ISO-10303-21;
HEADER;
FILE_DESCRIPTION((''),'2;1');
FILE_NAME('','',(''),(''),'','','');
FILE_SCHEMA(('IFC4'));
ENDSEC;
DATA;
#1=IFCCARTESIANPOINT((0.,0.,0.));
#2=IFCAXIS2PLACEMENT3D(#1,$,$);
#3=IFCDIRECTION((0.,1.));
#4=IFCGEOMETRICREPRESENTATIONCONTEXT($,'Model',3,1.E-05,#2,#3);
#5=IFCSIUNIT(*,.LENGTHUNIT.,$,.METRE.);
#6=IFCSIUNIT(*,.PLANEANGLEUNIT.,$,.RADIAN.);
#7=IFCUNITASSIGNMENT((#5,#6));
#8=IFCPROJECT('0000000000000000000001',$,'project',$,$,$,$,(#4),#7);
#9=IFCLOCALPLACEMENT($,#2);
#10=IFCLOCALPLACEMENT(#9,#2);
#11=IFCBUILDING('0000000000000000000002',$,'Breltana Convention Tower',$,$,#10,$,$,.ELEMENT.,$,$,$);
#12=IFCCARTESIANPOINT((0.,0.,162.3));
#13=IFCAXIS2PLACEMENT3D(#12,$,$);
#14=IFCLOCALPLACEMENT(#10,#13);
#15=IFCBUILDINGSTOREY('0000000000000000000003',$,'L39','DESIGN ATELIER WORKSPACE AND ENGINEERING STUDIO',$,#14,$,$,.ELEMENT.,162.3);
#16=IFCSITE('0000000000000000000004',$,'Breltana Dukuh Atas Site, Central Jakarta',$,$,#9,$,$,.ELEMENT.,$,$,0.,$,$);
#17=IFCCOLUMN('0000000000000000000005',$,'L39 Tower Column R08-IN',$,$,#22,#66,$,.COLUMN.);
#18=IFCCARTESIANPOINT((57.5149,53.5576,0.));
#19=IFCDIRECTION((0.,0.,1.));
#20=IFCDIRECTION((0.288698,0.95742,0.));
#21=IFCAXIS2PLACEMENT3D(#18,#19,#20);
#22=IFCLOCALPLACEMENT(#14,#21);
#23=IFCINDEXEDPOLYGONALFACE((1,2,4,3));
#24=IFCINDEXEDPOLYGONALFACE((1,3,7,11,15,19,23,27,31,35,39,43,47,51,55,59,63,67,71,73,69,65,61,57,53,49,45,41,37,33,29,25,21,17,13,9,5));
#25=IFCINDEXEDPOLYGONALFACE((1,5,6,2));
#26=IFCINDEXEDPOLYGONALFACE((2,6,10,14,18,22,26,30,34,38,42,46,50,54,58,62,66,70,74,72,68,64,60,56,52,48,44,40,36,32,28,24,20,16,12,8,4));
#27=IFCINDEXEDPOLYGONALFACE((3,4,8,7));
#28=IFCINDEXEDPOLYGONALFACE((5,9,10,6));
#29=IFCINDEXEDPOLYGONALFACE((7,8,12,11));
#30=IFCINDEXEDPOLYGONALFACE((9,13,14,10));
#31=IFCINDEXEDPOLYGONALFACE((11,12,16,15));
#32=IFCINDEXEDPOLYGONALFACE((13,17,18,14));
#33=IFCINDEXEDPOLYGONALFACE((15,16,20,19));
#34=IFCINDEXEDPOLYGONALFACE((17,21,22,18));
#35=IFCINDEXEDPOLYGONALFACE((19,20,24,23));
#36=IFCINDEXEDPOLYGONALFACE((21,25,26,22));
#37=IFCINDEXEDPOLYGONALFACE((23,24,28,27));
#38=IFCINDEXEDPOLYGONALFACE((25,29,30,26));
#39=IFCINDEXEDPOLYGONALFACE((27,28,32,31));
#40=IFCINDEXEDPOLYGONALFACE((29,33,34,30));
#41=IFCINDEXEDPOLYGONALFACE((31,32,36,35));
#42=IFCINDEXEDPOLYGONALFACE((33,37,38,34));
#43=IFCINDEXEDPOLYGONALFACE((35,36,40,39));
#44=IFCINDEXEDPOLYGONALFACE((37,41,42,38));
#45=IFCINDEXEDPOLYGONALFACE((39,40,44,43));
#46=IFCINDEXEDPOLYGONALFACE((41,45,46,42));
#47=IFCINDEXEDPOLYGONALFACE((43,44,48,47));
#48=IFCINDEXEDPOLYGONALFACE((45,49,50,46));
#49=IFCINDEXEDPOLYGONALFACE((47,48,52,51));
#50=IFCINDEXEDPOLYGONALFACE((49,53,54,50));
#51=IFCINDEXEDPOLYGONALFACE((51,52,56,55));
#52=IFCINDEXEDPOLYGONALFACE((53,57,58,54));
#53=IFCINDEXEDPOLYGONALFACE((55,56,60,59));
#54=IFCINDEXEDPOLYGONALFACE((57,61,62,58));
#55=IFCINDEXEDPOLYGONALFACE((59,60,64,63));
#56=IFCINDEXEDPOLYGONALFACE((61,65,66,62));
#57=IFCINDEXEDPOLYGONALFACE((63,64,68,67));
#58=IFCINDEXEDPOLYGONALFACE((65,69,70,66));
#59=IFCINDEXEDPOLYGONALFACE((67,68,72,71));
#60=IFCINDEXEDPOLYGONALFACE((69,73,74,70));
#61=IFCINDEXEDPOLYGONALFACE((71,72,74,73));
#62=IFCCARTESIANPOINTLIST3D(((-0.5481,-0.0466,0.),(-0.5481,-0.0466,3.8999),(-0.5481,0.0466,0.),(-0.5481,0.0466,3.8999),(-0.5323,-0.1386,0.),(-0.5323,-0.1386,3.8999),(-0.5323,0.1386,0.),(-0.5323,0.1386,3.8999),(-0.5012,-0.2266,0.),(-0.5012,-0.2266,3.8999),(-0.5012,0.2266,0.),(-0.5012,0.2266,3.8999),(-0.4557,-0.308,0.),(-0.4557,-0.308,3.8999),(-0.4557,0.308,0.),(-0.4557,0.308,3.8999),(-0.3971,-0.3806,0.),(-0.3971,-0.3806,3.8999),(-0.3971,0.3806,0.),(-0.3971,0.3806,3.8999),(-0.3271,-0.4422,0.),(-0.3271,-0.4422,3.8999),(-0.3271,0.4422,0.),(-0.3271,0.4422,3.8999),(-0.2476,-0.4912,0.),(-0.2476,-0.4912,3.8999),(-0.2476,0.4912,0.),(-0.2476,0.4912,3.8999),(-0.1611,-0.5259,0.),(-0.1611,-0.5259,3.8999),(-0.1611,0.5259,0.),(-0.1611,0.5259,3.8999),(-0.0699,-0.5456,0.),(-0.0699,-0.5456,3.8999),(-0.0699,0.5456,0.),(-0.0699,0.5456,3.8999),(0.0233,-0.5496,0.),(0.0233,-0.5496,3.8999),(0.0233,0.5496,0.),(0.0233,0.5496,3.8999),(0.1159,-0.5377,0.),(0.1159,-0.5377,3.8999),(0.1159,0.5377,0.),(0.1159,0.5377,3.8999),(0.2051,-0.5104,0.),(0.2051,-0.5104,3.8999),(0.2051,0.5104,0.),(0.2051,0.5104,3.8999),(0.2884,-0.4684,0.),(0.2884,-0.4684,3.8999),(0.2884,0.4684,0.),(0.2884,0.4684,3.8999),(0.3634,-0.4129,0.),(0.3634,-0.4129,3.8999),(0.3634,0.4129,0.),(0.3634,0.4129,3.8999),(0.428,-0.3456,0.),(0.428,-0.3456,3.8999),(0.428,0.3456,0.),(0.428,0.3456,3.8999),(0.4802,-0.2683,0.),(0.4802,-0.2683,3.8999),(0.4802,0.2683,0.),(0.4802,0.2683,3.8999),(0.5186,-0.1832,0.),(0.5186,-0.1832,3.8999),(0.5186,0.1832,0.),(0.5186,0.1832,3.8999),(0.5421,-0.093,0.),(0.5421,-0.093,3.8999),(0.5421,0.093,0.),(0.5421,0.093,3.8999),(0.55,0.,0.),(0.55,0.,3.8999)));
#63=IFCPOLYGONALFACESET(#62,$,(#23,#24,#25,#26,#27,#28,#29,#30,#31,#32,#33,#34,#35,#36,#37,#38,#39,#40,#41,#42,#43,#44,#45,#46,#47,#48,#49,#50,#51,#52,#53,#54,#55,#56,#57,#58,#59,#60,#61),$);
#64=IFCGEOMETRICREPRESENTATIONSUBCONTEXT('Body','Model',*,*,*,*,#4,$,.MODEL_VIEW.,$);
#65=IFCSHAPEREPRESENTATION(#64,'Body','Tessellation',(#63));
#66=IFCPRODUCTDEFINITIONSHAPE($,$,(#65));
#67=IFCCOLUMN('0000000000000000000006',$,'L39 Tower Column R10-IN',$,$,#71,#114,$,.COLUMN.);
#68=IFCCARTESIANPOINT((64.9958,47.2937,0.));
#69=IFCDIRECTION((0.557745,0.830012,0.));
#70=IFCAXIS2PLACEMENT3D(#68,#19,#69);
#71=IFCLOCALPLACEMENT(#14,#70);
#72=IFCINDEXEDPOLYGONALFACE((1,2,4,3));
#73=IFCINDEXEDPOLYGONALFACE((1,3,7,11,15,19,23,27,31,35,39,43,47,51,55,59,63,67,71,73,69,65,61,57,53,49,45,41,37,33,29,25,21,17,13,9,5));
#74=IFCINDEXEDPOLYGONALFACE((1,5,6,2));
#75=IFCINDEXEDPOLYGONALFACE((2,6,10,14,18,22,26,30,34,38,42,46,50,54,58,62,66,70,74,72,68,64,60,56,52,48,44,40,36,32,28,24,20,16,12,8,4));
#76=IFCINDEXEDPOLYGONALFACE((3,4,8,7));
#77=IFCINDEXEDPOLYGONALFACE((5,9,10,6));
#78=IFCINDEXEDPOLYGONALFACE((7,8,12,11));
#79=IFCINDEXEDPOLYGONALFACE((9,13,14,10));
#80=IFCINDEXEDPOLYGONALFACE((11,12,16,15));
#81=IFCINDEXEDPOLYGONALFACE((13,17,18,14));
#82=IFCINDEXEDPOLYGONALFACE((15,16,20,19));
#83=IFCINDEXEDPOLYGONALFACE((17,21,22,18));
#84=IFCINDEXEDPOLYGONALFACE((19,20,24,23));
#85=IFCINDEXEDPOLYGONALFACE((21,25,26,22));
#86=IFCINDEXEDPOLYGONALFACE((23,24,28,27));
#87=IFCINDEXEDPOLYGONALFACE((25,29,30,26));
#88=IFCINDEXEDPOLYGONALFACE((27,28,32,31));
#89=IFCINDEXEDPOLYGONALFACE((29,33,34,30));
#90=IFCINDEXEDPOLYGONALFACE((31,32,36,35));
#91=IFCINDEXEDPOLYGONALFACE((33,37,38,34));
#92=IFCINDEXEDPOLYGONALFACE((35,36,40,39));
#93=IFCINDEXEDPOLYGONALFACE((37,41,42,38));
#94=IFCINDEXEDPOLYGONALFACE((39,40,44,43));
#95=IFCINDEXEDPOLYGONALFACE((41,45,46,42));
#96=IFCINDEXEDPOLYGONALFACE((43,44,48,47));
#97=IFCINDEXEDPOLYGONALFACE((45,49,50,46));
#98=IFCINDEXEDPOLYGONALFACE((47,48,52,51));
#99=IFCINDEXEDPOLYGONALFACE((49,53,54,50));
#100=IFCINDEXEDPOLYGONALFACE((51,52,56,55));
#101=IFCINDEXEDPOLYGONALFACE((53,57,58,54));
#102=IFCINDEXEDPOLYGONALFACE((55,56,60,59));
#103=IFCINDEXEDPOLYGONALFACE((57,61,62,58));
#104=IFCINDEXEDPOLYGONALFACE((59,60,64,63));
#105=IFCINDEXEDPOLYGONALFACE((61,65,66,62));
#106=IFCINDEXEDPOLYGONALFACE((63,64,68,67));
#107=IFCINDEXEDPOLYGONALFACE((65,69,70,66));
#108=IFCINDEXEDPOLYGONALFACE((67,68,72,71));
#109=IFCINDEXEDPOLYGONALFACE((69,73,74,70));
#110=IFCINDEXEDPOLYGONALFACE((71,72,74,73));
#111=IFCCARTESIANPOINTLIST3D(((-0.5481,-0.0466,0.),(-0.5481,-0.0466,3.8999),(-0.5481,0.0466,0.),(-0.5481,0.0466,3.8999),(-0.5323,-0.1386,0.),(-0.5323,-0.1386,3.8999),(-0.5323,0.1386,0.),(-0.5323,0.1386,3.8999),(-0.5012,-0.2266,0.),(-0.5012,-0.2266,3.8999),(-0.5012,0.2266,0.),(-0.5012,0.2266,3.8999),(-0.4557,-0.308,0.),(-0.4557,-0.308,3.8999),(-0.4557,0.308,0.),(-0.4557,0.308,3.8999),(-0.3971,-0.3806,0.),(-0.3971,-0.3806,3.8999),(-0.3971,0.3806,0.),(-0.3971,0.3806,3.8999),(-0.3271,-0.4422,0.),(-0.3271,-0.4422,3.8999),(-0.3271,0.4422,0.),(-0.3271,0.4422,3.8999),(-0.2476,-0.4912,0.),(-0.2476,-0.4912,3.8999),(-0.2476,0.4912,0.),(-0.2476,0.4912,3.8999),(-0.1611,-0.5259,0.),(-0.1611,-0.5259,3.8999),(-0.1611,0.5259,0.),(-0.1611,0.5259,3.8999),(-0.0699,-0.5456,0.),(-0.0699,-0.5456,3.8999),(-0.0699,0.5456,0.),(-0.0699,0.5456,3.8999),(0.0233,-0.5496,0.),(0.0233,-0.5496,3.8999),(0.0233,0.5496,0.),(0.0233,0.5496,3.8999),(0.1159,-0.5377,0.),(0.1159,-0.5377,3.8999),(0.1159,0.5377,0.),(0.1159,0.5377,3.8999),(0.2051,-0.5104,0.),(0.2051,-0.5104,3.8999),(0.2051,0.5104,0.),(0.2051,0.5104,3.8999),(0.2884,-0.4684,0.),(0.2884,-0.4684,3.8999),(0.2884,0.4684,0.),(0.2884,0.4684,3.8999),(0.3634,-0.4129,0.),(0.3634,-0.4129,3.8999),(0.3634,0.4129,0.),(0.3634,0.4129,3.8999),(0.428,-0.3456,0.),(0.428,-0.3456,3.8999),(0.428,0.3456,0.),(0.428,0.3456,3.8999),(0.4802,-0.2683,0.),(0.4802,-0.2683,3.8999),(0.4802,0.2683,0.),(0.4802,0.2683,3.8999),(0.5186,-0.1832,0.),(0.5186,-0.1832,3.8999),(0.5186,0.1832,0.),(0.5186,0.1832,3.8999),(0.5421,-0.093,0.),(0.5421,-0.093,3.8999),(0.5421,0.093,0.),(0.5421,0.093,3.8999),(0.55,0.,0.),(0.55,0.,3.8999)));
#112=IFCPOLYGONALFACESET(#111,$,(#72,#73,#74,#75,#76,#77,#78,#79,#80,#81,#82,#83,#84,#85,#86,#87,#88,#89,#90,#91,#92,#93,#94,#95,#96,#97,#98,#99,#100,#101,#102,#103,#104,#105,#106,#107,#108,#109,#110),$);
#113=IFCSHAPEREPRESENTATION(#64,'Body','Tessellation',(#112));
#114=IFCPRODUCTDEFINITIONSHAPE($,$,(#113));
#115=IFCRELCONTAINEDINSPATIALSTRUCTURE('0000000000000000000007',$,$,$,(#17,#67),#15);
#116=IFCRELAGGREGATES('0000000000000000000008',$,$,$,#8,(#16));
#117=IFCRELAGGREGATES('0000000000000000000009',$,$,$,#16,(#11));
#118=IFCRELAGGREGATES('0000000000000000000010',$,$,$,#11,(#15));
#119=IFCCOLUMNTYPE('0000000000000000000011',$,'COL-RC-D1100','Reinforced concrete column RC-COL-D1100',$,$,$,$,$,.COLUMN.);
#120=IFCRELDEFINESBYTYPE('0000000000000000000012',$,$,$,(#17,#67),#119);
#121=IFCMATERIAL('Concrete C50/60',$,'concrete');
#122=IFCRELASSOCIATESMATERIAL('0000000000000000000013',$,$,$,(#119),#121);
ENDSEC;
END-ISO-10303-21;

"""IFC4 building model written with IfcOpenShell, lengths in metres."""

from ifc_helpers import new_model, si_unit, direction, frame, origin, origin_2d, place, context, subcontext, project, spatial, circle, extrude, source, transform, mapped, material, material_profile, profile_set, type_object, element, save


model = new_model("IFC4")

# Units and contexts
model_context = context("Model", 3, precision=1e-05, world=origin(), true_north=direction((0.0, 1.0)))
body_context = subcontext(model_context, "Body", "Model", "MODEL_VIEW")
ifc_project = project(units=[si_unit("LENGTHUNIT", "METRE"), si_unit("PLANEANGLEUNIT", "RADIAN")], contexts=[model_context])

# Site, building, storey
site_placement = place(None, origin())
site = spatial("IfcSite", under=ifc_project, at=site_placement, Name="Breltana Dukuh Atas Site, Central Jakarta", CompositionType="ELEMENT", RefElevation=0.0)
building_placement = place(site_placement, origin())
building = spatial("IfcBuilding", under=site, at=building_placement, Name="Breltana Convention Tower", CompositionType="ELEMENT")
storey_placement = place(building_placement, frame((0.0, 0.0, 162.3)))
storey = spatial("IfcBuildingStorey", under=building, at=storey_placement, Name="L39", Description="DESIGN ATELIER WORKSPACE AND ENGINEERING STUDIO", CompositionType="ELEMENT", Elevation=162.3)

# Columns
ifc_material_1 = material(Name="Concrete C50/60", Category="concrete")
ifc_material_profile_1 = material_profile(ifc_material_1, circle(Radius=0.55, at=origin_2d()), Name="RC-COL-D1100")
ifc_profile_set_1 = profile_set([ifc_material_profile_1], Name="Concrete C50/60")
column_type = type_object("IfcColumnType", Name="COL-RC-D1100", Description="Reinforced concrete column RC-COL-D1100", PredefinedType="COLUMN", material=ifc_profile_set_1)
shared_shape_1 = source(origin(), body_context, "Body", "SweptSolid", [
    extrude(circle(Radius=0.55, at=origin_2d()), origin(), (0.0, 0.0, 1.0), 3.8999),
])
for number, where, z_axis, x_axis, name in (
    (1, (57.5149, 53.5576, 0.0), (0.0, 0.0, 1.0), (0.288698, 0.95742, 0.0), "L39 Tower Column R08-IN"),
    (2, (64.9958, 47.2937, 0.0), (0.0, 0.0, 1.0), (0.557745, 0.830012, 0.0), "L39 Tower Column R10-IN"),
):
    element("IfcColumn", number, at=place(storey_placement, frame(where, z_axis=z_axis, x_axis=x_axis)), inside=storey, type_object=column_type, Name=name, PredefinedType="COLUMN", context=body_context, shape_type="MappedRepresentation", body=[
        mapped(shared_shape_1, transform((0.0, 0.0, 0.0), scale=1.0)),
    ])

save(model, "model.ifc")
